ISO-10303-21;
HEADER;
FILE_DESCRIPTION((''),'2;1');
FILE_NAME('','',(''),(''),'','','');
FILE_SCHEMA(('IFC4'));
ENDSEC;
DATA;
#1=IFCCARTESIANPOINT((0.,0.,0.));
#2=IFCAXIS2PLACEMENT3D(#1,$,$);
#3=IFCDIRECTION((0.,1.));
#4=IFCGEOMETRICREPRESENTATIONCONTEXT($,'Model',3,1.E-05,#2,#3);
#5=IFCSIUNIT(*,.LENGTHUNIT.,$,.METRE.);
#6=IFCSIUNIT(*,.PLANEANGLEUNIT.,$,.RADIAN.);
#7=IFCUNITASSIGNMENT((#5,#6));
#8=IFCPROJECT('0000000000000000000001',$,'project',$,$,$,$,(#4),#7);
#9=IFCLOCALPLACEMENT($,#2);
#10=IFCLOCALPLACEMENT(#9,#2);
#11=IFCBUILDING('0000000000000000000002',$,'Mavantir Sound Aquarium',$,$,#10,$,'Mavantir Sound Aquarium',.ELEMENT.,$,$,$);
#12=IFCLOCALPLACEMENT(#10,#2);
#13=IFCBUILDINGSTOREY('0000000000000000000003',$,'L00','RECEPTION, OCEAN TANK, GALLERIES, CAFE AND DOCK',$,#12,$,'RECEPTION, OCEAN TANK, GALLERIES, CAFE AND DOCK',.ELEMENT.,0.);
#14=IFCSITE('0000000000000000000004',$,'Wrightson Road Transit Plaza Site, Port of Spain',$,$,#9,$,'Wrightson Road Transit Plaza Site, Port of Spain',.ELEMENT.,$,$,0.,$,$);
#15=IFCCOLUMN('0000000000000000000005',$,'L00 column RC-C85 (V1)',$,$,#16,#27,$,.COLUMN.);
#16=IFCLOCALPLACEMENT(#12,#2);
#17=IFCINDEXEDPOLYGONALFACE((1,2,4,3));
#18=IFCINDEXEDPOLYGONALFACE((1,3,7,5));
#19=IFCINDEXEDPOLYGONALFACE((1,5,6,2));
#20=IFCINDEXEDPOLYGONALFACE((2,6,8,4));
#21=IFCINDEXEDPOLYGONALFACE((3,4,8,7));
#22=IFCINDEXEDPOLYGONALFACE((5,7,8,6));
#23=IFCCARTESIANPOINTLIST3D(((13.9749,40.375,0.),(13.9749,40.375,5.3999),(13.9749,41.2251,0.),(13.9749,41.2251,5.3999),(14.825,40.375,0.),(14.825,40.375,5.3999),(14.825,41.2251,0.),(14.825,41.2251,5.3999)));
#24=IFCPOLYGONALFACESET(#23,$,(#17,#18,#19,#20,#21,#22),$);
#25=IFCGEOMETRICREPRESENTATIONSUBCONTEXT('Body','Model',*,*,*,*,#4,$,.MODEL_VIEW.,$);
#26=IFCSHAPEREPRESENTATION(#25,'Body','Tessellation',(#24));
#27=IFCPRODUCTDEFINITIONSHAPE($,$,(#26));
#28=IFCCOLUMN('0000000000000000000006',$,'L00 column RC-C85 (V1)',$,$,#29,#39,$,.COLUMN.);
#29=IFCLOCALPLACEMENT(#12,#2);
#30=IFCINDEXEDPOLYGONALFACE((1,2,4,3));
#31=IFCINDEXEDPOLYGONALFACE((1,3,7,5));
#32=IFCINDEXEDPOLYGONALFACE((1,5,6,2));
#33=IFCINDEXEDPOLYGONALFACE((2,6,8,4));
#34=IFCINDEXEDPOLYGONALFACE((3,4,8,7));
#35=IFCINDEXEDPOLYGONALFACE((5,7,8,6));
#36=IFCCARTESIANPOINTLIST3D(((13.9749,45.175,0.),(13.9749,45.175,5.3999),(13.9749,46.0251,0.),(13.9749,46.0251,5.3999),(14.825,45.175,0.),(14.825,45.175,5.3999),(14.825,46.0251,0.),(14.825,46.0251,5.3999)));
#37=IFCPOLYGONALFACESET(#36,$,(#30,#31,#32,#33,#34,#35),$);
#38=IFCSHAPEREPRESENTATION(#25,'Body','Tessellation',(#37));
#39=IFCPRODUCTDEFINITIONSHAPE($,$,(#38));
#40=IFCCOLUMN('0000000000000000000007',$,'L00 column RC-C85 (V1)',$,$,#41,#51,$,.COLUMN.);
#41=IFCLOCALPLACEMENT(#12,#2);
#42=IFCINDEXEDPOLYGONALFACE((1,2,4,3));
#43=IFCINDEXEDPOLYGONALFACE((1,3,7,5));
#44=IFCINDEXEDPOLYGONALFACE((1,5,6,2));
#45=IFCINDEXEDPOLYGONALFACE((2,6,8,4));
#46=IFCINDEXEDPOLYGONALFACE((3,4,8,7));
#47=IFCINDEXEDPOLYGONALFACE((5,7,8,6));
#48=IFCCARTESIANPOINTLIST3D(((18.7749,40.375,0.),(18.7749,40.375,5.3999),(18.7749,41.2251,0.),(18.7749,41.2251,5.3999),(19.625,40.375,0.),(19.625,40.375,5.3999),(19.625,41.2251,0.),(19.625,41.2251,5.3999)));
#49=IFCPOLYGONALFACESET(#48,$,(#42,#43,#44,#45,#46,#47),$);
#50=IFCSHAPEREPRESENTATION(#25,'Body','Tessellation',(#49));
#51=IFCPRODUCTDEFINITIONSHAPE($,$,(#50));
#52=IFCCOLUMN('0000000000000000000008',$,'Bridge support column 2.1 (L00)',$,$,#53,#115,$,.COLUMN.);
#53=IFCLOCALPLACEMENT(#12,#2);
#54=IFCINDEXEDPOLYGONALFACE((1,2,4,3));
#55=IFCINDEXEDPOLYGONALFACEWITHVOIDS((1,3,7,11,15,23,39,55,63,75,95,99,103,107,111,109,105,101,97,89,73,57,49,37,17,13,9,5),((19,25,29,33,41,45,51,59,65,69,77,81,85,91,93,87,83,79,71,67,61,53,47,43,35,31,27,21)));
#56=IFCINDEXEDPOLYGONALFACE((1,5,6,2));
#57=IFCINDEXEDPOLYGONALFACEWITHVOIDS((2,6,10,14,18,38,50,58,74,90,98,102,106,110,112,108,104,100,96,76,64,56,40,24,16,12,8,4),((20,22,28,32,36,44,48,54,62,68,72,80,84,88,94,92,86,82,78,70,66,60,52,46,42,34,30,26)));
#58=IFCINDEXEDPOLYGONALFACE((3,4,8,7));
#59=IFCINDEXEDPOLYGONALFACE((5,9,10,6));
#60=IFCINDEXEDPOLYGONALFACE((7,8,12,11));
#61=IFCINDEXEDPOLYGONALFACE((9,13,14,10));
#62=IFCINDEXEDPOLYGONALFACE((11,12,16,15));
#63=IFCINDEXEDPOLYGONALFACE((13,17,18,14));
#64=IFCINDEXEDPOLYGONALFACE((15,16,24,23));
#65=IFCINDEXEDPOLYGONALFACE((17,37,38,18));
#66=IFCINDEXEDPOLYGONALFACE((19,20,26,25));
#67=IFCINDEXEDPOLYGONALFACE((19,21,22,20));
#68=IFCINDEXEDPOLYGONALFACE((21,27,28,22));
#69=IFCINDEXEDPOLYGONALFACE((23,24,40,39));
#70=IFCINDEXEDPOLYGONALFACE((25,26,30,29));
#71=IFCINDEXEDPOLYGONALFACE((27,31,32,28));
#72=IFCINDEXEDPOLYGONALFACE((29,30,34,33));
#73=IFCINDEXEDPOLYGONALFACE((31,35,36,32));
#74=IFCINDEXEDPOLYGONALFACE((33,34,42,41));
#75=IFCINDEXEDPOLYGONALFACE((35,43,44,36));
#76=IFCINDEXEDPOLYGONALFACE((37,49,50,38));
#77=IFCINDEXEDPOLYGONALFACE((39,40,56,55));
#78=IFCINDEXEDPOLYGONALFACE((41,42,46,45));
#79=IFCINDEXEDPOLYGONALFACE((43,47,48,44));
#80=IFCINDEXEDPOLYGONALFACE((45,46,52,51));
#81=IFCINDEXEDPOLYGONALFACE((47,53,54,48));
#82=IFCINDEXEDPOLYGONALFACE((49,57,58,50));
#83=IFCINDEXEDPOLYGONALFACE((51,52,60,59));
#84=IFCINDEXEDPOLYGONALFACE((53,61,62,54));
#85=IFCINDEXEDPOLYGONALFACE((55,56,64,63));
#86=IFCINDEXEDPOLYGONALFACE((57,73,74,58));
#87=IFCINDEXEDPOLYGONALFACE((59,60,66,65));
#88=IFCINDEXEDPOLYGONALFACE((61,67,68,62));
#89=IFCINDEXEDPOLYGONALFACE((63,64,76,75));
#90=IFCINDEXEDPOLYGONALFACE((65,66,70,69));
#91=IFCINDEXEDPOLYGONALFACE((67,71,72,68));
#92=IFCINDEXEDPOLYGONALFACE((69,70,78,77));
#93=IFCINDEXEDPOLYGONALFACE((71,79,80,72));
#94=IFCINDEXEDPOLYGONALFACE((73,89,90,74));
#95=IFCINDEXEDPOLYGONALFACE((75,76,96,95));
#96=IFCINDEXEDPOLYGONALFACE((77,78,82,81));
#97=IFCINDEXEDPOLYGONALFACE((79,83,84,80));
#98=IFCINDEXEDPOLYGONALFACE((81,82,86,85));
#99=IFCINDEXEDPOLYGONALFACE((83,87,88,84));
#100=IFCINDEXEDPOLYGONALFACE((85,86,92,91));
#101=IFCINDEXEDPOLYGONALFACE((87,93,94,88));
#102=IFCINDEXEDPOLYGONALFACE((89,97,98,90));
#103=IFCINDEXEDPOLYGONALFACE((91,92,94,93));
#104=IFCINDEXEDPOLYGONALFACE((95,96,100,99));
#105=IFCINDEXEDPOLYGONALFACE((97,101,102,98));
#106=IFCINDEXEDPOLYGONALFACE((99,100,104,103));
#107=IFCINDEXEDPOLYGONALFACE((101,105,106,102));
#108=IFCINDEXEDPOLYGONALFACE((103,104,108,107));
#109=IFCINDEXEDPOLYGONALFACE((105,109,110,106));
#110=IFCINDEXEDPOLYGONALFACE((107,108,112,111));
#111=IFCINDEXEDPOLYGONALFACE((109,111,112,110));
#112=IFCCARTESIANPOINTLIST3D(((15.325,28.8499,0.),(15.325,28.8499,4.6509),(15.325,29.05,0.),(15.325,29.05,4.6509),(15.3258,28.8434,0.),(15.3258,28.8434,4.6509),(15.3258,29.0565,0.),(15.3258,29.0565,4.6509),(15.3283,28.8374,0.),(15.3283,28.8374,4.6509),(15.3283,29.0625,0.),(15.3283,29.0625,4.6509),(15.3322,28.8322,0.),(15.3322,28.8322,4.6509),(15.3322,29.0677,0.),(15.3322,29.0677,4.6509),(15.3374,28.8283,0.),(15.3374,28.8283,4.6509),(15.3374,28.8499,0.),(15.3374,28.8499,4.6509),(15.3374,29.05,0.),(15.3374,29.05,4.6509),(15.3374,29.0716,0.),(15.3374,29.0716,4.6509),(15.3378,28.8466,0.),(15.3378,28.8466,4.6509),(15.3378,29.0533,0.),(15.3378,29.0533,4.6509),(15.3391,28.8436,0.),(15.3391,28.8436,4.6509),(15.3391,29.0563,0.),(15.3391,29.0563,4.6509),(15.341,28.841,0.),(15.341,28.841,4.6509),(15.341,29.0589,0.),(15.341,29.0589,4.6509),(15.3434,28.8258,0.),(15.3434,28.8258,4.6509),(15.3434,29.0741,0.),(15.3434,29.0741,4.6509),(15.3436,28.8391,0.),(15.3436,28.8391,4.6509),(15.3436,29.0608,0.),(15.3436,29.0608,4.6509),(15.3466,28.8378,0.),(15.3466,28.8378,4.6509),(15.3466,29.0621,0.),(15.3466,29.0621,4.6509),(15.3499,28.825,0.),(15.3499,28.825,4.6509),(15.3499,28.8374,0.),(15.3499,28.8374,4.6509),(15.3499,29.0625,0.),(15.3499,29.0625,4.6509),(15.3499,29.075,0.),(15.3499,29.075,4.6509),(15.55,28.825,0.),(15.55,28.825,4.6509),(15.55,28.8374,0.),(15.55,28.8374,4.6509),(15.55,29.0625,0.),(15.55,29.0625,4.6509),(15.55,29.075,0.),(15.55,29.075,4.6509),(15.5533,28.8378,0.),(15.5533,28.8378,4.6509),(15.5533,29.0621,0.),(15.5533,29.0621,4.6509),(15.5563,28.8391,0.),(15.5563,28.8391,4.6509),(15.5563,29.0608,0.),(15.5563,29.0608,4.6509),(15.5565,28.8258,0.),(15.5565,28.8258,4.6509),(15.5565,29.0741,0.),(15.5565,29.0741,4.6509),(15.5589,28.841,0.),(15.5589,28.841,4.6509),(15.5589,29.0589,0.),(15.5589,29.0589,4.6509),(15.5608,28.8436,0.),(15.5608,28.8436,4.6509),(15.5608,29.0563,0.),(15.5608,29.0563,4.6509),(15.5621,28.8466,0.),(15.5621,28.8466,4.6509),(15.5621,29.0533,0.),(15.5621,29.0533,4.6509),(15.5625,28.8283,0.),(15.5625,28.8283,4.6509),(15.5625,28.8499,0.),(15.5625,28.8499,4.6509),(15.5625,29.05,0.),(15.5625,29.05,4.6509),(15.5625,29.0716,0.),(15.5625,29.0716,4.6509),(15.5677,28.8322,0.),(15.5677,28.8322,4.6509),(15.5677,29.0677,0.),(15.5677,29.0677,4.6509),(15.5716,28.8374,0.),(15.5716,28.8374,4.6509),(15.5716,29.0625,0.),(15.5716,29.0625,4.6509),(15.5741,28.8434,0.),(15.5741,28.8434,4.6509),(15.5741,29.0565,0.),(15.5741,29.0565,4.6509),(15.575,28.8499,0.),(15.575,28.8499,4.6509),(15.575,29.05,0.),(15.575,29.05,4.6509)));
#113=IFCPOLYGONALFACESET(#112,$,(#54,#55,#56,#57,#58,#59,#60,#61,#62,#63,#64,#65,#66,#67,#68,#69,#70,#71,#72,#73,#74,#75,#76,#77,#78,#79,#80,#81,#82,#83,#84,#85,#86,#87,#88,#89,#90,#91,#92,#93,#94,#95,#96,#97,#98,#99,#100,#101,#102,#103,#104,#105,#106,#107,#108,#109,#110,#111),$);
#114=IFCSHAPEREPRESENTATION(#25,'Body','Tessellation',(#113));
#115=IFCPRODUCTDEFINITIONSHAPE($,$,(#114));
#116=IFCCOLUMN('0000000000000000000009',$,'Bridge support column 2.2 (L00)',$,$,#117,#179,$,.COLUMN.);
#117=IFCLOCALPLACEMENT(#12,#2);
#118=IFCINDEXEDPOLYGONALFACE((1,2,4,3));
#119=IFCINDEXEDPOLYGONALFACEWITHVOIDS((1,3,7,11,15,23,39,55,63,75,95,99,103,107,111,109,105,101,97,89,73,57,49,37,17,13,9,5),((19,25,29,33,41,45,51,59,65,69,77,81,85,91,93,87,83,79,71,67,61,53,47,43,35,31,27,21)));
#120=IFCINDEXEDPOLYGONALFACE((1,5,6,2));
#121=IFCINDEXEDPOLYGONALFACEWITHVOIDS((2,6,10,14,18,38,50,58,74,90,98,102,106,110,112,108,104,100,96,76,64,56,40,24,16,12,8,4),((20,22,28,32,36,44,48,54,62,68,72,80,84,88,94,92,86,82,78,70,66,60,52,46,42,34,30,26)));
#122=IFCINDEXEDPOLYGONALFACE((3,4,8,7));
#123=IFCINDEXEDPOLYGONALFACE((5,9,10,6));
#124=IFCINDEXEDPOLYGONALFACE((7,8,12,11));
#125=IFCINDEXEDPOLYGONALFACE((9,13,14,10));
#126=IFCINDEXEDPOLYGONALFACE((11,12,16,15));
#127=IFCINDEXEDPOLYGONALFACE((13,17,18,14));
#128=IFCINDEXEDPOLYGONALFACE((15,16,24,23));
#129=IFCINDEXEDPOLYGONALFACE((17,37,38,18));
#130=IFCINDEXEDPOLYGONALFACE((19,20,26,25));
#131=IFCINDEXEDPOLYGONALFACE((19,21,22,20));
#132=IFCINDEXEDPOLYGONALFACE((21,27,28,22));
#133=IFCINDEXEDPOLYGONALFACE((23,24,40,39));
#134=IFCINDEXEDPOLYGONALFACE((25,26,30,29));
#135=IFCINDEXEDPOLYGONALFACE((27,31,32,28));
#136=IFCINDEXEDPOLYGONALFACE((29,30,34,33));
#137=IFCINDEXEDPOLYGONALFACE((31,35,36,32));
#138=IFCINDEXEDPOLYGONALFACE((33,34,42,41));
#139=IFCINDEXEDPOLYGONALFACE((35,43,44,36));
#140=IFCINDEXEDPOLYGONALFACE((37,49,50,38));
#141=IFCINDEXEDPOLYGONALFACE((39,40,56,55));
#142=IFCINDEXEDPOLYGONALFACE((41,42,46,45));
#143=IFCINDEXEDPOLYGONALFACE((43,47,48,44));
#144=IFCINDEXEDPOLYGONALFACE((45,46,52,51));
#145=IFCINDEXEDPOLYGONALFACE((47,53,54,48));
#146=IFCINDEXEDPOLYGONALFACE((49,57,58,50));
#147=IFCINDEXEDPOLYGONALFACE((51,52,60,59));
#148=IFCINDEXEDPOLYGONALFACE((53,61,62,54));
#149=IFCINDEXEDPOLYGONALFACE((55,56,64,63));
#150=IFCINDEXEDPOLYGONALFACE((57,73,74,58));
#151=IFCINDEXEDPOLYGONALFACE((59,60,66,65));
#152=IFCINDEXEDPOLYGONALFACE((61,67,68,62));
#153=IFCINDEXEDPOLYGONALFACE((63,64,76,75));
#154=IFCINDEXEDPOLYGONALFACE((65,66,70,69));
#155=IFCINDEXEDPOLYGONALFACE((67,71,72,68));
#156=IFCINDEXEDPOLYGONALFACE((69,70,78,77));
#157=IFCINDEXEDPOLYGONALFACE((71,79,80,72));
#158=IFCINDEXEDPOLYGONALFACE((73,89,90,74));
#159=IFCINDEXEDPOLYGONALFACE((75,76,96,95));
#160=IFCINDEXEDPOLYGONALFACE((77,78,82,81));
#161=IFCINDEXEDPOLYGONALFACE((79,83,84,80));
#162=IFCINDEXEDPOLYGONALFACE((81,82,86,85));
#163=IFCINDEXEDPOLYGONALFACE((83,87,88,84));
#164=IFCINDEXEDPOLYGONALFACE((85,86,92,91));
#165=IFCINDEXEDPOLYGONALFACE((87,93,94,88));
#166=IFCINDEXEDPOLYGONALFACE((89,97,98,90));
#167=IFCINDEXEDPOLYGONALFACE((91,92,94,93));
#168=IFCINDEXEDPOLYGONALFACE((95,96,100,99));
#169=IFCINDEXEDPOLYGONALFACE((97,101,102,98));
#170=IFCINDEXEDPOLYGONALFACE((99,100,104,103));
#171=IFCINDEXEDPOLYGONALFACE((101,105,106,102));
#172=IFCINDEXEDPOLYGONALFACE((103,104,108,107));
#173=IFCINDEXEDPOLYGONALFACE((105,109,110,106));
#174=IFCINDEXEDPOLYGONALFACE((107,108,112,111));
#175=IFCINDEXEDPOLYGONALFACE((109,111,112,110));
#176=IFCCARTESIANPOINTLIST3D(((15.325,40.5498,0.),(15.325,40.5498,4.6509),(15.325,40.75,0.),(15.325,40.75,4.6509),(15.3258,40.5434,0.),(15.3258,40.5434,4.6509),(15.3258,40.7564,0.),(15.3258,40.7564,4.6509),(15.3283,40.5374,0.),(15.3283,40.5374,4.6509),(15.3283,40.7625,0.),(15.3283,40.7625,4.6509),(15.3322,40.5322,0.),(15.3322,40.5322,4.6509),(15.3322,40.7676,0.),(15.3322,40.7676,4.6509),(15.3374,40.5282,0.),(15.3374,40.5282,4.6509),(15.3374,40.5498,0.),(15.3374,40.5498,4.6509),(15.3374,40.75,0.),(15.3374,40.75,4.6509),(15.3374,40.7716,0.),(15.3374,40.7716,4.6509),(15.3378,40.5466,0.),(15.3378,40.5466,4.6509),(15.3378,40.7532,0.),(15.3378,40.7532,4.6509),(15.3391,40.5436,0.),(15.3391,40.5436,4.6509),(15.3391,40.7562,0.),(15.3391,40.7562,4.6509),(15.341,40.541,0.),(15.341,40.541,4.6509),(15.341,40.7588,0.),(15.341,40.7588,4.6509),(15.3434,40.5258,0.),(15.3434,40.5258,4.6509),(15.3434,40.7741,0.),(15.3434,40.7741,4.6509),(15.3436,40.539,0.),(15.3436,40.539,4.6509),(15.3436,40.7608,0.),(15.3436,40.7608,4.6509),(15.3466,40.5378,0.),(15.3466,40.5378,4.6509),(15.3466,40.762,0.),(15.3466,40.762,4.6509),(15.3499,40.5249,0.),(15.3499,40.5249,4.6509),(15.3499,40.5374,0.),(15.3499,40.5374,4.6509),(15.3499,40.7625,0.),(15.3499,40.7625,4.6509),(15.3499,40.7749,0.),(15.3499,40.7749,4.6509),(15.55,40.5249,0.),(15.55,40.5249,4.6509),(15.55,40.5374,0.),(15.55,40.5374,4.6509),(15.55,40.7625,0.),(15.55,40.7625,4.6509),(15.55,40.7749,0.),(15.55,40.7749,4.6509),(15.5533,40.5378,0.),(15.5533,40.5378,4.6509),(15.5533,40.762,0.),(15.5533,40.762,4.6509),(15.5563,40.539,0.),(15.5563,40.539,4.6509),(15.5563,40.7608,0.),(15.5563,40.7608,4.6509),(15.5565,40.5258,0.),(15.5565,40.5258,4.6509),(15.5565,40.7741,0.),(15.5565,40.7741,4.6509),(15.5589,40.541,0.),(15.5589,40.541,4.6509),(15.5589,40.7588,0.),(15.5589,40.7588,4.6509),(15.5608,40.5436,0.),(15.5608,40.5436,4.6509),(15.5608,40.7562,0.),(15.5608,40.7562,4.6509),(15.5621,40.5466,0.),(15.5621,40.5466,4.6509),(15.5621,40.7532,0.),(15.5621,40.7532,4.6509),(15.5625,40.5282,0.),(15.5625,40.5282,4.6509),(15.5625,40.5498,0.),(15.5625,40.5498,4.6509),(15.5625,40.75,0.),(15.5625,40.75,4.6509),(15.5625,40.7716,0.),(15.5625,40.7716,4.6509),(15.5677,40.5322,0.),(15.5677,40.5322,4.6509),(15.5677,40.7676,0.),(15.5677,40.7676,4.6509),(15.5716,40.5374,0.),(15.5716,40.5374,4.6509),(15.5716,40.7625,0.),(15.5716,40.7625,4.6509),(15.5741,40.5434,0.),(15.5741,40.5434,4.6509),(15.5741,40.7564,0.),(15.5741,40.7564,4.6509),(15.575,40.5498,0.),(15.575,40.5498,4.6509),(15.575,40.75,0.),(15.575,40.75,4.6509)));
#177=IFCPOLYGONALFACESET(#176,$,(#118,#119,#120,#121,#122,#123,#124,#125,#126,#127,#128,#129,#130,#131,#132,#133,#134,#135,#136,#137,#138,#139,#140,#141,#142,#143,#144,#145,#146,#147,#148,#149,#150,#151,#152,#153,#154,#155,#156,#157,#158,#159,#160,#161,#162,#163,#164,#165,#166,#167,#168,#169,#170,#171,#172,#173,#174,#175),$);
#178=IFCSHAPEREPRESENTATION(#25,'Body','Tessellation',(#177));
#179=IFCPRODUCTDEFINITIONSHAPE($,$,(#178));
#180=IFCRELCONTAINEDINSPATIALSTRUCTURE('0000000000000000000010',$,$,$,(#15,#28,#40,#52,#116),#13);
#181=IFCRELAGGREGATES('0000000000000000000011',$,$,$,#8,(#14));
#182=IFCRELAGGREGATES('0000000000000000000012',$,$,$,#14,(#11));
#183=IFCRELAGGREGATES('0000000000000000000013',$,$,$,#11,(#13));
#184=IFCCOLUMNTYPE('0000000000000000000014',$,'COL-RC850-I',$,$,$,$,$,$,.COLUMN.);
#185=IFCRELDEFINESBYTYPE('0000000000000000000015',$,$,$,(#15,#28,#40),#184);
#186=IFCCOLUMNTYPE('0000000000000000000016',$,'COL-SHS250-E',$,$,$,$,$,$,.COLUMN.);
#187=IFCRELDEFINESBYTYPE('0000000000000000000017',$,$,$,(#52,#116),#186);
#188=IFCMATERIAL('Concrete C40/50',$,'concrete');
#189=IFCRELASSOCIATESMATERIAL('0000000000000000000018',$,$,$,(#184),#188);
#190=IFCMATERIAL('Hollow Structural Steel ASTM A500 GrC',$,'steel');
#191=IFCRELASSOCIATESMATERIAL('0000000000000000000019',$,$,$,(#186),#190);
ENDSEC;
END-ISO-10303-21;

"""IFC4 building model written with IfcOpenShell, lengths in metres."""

from ifc_helpers import new_model, si_unit, direction, frame, origin, origin_2d, place, context, subcontext, project, spatial, rectangle, hollow_rectangle, extrude, material, material_profile, profile_set, type_object, element, save


model = new_model("IFC4")

# Units and contexts
model_context = context("Model", 3, precision=1e-05, world=origin(), true_north=direction((0.0, 1.0)))
body_context = subcontext(model_context, "Body", "Model", "MODEL_VIEW")
ifc_project = project(units=[si_unit("LENGTHUNIT", "METRE"), si_unit("PLANEANGLEUNIT", "RADIAN")], contexts=[model_context])

# Site, building, storey
site_placement = place(None, origin())
site = spatial("IfcSite", under=ifc_project, at=site_placement, Name="Wrightson Road Transit Plaza Site, Port of Spain", LongName="Wrightson Road Transit Plaza Site, Port of Spain", CompositionType="ELEMENT", RefElevation=0.0)
building_placement = place(site_placement, origin())
building = spatial("IfcBuilding", under=site, at=building_placement, Name="Mavantir Sound Aquarium", LongName="Mavantir Sound Aquarium", CompositionType="ELEMENT")
storey_placement = place(building_placement, origin())
storey = spatial("IfcBuildingStorey", under=building, at=storey_placement, Name="L00", Description="RECEPTION, OCEAN TANK, GALLERIES, CAFE AND DOCK", LongName="RECEPTION, OCEAN TANK, GALLERIES, CAFE AND DOCK", CompositionType="ELEMENT", Elevation=0.0)

# Columns
ifc_material_1 = material(Name="Concrete C40/50", Category="concrete")
ifc_material_profile_1 = material_profile(ifc_material_1, rectangle(XDim=0.8501, YDim=0.8501, at=origin_2d()), Name="RC 850X850")
ifc_profile_set_1 = profile_set([ifc_material_profile_1], Name="Concrete C40/50")
column_type_1 = type_object("IfcColumnType", Name="COL-RC850-I", PredefinedType="COLUMN", material=ifc_profile_set_1)
for number, where, z_axis, x_axis, name in (
    (1, (14.3999, 40.8, 0.0), (0.0, 0.0, 1.0), (1.0, 0.0, 0.0), "L00 column RC-C85 (V1)"),
    (2, (14.3999, 45.6001, 0.0), (0.0, 0.0, 1.0), (1.0, 0.0, 0.0), "L00 column RC-C85 (V1)"),
    (3, (19.2, 40.8, 0.0), (0.0, 0.0, 1.0), (1.0, 0.0, 0.0), "L00 column RC-C85 (V1)"),
):
    element("IfcColumn", number, at=place(storey_placement, frame(where, z_axis=z_axis, x_axis=x_axis)), inside=storey, type_object=column_type_1, Name=name, PredefinedType="COLUMN", context=body_context, shape_type="SweptSolid", body=[
        extrude(rectangle(XDim=0.8501, YDim=0.8501, at=origin_2d()), origin(), (0.0, 0.0, 1.0), 5.3999),
    ])
ifc_material_2 = material(Name="Hollow Structural Steel ASTM A500 GrC", Category="steel")
ifc_material_profile_2 = material_profile(ifc_material_2, hollow_rectangle(XDim=0.25, YDim=0.25, WallThickness=0.0125, InnerFilletRadius=0.0125, OuterFilletRadius=0.0249, at=origin_2d()), Name="SHS 250X250X12.5")
ifc_profile_set_2 = profile_set([ifc_material_profile_2], Name="Hollow Structural Steel ASTM A500 GrC")
column_type_2 = type_object("IfcColumnType", Name="COL-SHS250-E", PredefinedType="COLUMN", material=ifc_profile_set_2)
for number, where, z_axis, x_axis, name in (
    (4, (15.45, 28.95, 0.0), (0.0, 0.0, 1.0), (1.0, 0.0, 0.0), "Bridge support column 2.1 (L00)"),
    (5, (15.45, 40.6499, 0.0), (0.0, 0.0, 1.0), (1.0, 0.0, 0.0), "Bridge support column 2.2 (L00)"),
):
    element("IfcColumn", number, at=place(storey_placement, frame(where, z_axis=z_axis, x_axis=x_axis)), inside=storey, type_object=column_type_2, Name=name, PredefinedType="COLUMN", context=body_context, shape_type="SweptSolid", body=[
        extrude(hollow_rectangle(XDim=0.25, YDim=0.25, WallThickness=0.0125, InnerFilletRadius=0.0125, OuterFilletRadius=0.0249, at=origin_2d()), origin(), (0.0, 0.0, 1.0), 4.6509),
    ])

save(model, "model.ifc")
